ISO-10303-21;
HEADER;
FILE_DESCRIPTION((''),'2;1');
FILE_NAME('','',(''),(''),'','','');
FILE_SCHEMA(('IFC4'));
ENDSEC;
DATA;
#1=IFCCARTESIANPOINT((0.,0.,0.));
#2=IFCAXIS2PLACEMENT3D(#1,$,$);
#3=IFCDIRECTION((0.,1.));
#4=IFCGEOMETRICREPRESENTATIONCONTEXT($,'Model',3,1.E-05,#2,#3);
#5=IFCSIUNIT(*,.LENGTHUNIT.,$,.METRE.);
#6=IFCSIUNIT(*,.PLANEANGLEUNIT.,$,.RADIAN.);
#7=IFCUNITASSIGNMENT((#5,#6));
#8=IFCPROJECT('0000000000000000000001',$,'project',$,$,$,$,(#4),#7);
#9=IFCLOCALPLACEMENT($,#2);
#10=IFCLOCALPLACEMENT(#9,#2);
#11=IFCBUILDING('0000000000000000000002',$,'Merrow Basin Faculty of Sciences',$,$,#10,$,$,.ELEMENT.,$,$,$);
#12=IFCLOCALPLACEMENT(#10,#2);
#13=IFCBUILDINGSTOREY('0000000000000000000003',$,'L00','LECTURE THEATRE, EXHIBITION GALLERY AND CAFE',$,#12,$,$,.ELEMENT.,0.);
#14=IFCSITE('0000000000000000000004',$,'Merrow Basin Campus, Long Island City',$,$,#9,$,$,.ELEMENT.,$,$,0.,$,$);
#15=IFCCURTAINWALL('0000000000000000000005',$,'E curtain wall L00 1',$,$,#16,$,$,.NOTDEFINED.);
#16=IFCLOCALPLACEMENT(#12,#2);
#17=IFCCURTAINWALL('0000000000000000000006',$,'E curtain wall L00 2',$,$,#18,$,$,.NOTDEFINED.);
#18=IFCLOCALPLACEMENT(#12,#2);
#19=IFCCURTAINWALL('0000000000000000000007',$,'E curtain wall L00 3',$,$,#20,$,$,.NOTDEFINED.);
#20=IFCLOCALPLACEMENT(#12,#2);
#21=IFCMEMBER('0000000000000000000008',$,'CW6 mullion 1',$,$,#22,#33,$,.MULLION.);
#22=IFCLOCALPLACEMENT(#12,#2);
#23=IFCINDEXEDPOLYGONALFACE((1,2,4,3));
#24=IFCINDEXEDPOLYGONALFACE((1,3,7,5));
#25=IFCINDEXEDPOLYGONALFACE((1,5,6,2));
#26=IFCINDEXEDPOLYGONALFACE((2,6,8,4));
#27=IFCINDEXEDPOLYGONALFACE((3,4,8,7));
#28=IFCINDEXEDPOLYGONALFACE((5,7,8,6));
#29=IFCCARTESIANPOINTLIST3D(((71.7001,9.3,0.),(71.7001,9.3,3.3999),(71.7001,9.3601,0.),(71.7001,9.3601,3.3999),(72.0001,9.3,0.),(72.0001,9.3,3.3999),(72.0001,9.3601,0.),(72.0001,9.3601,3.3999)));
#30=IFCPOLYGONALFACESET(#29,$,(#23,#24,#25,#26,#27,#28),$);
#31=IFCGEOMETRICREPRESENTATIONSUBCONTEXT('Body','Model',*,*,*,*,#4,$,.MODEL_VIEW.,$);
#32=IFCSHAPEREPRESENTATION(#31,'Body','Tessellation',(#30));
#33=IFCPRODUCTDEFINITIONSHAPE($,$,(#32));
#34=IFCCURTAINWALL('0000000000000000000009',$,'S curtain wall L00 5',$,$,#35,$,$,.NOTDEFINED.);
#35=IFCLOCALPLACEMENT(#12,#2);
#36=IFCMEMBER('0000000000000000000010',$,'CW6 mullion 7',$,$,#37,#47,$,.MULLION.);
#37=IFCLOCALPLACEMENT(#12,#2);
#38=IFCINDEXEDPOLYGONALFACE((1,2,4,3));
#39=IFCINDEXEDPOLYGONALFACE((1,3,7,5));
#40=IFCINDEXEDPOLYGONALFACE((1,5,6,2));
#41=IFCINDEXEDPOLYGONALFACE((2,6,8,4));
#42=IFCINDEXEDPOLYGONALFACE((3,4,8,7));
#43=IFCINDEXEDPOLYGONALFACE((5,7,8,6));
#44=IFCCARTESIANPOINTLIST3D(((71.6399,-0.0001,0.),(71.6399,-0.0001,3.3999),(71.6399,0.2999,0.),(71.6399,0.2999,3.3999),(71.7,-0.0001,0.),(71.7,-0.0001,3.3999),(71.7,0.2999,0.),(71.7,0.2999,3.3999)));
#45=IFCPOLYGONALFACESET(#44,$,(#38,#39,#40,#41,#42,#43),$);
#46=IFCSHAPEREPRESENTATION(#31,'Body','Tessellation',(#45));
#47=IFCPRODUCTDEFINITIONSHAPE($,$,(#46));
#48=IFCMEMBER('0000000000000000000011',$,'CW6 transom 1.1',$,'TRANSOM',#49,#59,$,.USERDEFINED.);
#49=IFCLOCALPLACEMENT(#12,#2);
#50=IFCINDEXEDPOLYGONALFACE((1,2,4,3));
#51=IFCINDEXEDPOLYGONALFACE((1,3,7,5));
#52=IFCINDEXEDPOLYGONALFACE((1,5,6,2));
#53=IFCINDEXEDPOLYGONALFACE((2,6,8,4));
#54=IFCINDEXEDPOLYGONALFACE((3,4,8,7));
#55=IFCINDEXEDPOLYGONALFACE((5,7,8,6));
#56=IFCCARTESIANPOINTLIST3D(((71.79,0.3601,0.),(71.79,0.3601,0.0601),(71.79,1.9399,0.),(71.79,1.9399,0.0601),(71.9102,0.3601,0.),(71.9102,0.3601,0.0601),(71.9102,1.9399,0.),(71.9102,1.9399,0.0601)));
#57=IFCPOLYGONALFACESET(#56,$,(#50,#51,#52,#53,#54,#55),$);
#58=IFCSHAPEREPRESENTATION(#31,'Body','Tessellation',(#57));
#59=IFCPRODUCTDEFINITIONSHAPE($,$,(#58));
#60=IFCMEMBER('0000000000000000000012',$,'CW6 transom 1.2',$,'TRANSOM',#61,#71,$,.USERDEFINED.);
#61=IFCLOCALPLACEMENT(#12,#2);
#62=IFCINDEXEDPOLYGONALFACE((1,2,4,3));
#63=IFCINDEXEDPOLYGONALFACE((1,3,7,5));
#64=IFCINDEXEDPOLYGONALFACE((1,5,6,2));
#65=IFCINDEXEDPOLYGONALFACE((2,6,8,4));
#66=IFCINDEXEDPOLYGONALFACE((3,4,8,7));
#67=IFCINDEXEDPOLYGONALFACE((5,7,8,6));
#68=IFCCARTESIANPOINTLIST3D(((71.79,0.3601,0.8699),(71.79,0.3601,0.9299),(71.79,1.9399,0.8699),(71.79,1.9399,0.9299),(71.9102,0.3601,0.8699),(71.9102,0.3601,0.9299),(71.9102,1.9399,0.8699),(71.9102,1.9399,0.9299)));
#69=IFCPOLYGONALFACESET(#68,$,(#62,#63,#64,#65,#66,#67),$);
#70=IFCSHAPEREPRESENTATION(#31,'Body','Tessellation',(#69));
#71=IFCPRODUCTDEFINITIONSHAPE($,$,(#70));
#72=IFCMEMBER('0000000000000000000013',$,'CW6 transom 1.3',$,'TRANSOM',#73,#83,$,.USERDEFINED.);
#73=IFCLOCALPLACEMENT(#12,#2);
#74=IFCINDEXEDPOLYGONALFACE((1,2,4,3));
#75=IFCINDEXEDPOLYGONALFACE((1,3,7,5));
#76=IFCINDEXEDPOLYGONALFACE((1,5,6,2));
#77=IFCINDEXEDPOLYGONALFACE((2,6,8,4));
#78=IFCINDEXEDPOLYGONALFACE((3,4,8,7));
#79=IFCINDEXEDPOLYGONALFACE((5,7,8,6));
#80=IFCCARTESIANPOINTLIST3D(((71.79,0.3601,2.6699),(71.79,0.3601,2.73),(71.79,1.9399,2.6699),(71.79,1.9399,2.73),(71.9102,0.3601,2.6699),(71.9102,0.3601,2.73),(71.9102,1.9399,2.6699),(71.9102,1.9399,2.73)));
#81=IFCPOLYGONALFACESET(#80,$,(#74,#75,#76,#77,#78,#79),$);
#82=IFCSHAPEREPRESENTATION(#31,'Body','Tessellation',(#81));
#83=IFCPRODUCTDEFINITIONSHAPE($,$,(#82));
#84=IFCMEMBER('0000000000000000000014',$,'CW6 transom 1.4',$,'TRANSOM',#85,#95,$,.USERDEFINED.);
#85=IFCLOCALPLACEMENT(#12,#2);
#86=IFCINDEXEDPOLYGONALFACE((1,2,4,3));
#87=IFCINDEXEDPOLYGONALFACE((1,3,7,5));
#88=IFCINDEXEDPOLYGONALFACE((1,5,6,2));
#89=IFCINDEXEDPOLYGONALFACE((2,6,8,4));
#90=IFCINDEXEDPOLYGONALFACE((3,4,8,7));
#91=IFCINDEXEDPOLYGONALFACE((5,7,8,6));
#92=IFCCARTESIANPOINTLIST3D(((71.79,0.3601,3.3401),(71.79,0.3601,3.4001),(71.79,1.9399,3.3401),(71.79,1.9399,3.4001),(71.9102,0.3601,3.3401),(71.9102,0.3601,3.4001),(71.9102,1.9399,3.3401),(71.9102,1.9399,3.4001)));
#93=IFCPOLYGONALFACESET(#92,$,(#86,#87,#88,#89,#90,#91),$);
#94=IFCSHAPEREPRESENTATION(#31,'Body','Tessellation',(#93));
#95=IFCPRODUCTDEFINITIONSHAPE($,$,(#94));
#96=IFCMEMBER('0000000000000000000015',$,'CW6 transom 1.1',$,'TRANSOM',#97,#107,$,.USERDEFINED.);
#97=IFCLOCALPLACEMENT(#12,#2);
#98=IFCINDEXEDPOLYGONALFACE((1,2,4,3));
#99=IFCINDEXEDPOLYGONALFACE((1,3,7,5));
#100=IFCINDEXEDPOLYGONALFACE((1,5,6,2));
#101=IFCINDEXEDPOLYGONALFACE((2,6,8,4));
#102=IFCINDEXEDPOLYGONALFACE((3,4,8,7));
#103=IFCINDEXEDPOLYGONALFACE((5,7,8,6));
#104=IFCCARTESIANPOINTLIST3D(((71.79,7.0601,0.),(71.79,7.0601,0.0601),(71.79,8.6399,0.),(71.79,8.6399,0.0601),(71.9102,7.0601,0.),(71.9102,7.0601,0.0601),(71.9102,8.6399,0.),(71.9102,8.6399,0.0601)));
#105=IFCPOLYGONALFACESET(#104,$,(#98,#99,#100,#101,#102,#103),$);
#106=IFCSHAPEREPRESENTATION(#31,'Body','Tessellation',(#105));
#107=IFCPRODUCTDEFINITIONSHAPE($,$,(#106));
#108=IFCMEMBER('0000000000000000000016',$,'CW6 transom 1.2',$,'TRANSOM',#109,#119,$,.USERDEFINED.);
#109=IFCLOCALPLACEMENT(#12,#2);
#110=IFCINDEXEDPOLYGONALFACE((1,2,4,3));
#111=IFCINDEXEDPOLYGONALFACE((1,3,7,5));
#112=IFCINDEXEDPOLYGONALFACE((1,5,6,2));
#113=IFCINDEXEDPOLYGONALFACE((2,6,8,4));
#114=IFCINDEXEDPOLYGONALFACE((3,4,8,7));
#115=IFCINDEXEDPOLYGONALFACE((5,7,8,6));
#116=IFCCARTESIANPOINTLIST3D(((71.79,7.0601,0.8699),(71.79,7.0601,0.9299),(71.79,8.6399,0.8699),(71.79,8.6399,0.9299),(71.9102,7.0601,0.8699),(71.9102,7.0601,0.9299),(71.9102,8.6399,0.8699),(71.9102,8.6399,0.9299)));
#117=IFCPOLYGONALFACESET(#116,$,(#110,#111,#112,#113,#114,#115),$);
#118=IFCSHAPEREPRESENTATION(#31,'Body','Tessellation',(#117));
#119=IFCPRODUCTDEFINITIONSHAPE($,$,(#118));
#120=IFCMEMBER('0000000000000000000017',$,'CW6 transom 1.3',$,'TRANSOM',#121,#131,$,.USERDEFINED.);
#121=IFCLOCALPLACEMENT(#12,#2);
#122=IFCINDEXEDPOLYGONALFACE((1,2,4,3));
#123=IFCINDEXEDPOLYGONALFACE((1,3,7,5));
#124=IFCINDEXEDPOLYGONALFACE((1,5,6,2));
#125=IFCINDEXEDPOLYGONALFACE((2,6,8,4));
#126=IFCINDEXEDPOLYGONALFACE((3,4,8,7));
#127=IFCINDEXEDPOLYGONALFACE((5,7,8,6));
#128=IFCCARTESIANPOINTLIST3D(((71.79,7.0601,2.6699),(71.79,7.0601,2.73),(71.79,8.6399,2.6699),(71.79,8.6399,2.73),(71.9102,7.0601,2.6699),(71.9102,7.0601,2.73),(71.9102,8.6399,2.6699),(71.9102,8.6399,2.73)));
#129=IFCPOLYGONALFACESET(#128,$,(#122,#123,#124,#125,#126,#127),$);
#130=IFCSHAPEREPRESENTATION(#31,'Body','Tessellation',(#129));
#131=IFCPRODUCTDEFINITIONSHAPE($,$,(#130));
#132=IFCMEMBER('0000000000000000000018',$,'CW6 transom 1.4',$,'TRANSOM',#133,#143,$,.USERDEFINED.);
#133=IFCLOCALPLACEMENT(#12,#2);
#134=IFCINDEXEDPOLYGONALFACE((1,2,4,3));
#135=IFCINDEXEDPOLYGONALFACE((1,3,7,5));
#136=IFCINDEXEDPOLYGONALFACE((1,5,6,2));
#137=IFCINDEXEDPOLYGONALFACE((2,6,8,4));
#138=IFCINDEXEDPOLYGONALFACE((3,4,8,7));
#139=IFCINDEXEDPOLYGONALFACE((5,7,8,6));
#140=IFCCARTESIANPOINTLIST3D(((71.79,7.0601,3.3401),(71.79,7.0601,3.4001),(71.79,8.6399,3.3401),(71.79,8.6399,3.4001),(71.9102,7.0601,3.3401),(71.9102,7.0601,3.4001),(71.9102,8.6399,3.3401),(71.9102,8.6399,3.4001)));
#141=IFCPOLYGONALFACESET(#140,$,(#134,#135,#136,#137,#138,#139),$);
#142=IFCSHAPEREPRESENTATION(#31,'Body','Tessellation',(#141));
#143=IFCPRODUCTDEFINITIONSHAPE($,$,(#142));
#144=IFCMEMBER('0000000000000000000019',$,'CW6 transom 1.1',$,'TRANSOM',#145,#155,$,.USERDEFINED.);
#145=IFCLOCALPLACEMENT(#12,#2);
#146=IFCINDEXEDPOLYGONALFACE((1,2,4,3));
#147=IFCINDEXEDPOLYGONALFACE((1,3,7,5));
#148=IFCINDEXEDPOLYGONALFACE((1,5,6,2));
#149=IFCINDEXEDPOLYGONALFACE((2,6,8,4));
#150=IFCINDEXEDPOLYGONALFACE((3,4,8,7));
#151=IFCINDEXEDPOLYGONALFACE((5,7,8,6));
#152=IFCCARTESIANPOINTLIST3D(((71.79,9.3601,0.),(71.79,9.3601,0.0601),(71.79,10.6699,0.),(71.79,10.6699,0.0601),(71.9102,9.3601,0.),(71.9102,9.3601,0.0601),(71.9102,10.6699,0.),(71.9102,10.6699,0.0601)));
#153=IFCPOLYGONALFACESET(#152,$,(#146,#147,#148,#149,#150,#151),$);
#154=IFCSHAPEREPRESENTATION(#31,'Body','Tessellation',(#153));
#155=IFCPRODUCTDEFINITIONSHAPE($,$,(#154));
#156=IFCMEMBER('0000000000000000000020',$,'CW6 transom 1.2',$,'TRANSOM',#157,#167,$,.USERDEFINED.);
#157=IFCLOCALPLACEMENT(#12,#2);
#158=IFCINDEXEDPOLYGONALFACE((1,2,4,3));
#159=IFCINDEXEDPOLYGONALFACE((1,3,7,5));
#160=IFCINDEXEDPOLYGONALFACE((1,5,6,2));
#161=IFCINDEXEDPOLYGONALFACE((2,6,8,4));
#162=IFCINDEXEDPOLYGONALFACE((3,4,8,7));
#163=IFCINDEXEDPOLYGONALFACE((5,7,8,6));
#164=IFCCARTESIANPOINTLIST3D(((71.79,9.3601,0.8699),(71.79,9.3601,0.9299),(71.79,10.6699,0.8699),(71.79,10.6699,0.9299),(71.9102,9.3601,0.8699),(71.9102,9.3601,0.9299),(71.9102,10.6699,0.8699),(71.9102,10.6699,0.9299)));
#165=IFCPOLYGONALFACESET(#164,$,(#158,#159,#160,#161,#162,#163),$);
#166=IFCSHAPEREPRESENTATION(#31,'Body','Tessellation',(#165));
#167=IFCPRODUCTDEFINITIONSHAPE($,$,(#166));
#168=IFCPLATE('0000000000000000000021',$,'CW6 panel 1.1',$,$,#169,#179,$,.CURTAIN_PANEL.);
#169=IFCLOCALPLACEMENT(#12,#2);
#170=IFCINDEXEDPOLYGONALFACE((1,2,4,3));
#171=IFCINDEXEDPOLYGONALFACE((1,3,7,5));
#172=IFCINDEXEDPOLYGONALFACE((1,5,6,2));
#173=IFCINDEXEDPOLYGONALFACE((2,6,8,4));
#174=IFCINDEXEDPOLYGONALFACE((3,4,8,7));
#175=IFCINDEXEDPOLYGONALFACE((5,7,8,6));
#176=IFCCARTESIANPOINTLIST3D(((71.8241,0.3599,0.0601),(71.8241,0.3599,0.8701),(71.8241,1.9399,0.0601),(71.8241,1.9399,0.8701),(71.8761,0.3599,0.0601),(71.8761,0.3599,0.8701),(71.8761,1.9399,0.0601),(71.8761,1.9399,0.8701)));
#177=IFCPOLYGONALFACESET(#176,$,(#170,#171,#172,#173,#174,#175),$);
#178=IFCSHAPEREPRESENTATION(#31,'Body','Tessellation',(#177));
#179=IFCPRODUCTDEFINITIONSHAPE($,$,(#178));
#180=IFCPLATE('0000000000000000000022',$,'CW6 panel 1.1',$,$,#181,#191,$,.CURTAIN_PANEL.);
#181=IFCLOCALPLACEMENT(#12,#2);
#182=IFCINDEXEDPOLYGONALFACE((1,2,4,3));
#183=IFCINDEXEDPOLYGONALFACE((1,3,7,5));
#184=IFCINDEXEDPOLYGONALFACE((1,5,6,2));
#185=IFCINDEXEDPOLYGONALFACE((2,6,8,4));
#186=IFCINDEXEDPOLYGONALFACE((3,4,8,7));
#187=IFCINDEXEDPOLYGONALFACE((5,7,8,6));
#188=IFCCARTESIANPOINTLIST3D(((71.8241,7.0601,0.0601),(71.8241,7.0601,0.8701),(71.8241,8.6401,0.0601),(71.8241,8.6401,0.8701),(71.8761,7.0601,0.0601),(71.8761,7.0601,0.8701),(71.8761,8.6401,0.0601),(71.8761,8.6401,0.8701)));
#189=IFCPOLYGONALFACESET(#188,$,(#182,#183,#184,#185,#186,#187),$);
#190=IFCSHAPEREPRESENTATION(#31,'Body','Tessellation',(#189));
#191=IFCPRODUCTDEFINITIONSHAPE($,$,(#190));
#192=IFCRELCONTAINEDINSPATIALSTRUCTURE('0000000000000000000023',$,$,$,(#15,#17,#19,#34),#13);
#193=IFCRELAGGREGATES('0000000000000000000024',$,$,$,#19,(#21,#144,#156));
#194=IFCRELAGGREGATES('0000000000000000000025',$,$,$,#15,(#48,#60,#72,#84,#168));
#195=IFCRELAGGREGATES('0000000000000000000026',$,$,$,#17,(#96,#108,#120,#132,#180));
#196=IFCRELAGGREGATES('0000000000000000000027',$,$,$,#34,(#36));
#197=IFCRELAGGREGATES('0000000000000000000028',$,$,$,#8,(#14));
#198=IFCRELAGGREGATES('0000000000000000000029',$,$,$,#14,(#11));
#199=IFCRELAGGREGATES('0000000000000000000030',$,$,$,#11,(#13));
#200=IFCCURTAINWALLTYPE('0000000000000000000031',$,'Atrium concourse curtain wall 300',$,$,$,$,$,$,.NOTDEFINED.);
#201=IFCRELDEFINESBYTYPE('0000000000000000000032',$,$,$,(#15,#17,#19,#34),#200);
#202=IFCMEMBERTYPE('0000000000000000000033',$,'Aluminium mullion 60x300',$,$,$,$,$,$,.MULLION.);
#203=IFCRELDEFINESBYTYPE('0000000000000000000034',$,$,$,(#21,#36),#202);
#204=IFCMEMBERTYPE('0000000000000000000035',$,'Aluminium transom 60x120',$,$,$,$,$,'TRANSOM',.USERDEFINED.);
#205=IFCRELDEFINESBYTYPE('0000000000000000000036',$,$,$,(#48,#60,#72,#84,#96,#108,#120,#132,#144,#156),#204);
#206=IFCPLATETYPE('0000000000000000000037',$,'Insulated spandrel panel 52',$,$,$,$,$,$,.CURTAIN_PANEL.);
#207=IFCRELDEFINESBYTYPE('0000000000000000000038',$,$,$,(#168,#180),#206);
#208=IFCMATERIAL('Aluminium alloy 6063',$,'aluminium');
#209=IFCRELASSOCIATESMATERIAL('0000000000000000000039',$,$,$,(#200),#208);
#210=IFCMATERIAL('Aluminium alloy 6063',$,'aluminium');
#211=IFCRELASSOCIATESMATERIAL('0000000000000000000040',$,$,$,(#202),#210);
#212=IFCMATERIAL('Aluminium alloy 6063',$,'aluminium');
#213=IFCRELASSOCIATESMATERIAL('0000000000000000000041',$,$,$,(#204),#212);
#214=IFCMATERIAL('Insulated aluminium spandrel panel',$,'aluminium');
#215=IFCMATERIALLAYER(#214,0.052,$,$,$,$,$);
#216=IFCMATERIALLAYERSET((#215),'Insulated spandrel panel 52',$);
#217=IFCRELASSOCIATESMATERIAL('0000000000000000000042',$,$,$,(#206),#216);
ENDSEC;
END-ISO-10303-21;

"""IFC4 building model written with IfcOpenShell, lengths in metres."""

from ifc_helpers import new_model, si_unit, direction, frame, origin, origin_2d, place, context, subcontext, project, spatial, rectangle, extrude, material, layer, layer_set, material_profile, profile_set, type_object, element, aggregate, save


model = new_model("IFC4")

# Units and contexts
model_context = context("Model", 3, precision=1e-05, world=origin(), true_north=direction((0.0, 1.0)))
body_context = subcontext(model_context, "Body", "Model", "MODEL_VIEW")
ifc_project = project(units=[si_unit("LENGTHUNIT", "METRE"), si_unit("PLANEANGLEUNIT", "RADIAN")], contexts=[model_context])

# Site, building, storey
site_placement = place(None, origin())
site = spatial("IfcSite", under=ifc_project, at=site_placement, Name="Merrow Basin Campus, Long Island City", CompositionType="ELEMENT", RefElevation=0.0)
building_placement = place(site_placement, origin())
building = spatial("IfcBuilding", under=site, at=building_placement, Name="Merrow Basin Faculty of Sciences", CompositionType="ELEMENT")
storey_placement = place(building_placement, origin())
storey = spatial("IfcBuildingStorey", under=building, at=storey_placement, Name="L00", Description="LECTURE THEATRE, EXHIBITION GALLERY AND CAFE", CompositionType="ELEMENT", Elevation=0.0)

# Curtain walls
ifc_material_1 = material(Name="Aluminium alloy 6063", Category="aluminium")
curtain_wall_type = type_object("IfcCurtainWallType", Name="Atrium concourse curtain wall 300", PredefinedType="NOTDEFINED", material=ifc_material_1)
curtain_wall_1_placement = place(storey_placement, origin())
curtain_wall_1 = element("IfcCurtainWall", 1, at=curtain_wall_1_placement, inside=storey, type_object=curtain_wall_type, Name="E curtain wall L00 1", PredefinedType="NOTDEFINED")
ifc_material_2 = material(Name="Aluminium alloy 6063", Category="aluminium")
ifc_material_profile_1 = material_profile(ifc_material_2, rectangle(XDim=0.3, YDim=0.0601, at=origin_2d()))
ifc_profile_set_1 = profile_set([ifc_material_profile_1], Name="Aluminium alloy 6063")
member_type_1 = type_object("IfcMemberType", Name="Aluminium mullion 60x300", PredefinedType="MULLION", material=ifc_profile_set_1)
curtain_wall_2_placement = place(storey_placement, origin())
curtain_wall_2 = element("IfcCurtainWall", 2, at=curtain_wall_2_placement, inside=storey, type_object=curtain_wall_type, Name="E curtain wall L00 2", PredefinedType="NOTDEFINED")

# Curtain walls, members
curtain_wall_3_placement = place(storey_placement, origin())
curtain_wall_3 = element("IfcCurtainWall", 3, at=curtain_wall_3_placement, inside=storey, type_object=curtain_wall_type, Name="E curtain wall L00 3", PredefinedType="NOTDEFINED")
member_1_placement = place(storey_placement, frame((71.8501, 9.3301, 0.0), z_axis=(0.0, 0.0, 1.0), x_axis=(-1.0, 0.0, 0.0)))
member_1 = element("IfcMember", 4, at=member_1_placement, type_object=member_type_1, Name="CW6 mullion 1", PredefinedType="MULLION", context=body_context, shape_type="SweptSolid", body=[
    extrude(rectangle(XDim=0.3, YDim=0.0601, at=origin_2d()), origin(), (0.0, 0.0, 1.0), 3.3999),
])
curtain_wall_4_placement = place(storey_placement, origin())
curtain_wall_4 = element("IfcCurtainWall", 5, at=curtain_wall_4_placement, inside=storey, type_object=curtain_wall_type, Name="S curtain wall L00 5", PredefinedType="NOTDEFINED")
member_2_placement = place(storey_placement, frame((71.6699, 0.1499, 0.0), z_axis=(0.0, 0.0, 1.0), x_axis=(0.0, 1.0, 0.0)))
member_2 = element("IfcMember", 6, at=member_2_placement, type_object=member_type_1, Name="CW6 mullion 7", PredefinedType="MULLION", context=body_context, shape_type="SweptSolid", body=[
    extrude(rectangle(XDim=0.3, YDim=0.0601, at=origin_2d()), origin(), (0.0, 0.0, 1.0), 3.3999),
])

# Members
ifc_material_3 = material(Name="Aluminium alloy 6063", Category="aluminium")
ifc_material_profile_2 = material_profile(ifc_material_3, rectangle(XDim=0.1201, YDim=0.0601, at=origin_2d()))
ifc_profile_set_2 = profile_set([ifc_material_profile_2], Name="Aluminium alloy 6063")
member_type_2 = type_object("IfcMemberType", Name="Aluminium transom 60x120", ElementType="TRANSOM", PredefinedType="USERDEFINED", material=ifc_profile_set_2)
member_3_placement = place(storey_placement, frame((71.8501, 0.3601, 0.03), z_axis=(0.0, 1.0, 0.0), x_axis=(-1.0, 0.0, 0.0)))
member_3 = element("IfcMember", 7, at=member_3_placement, type_object=member_type_2, Name="CW6 transom 1.1", ObjectType="TRANSOM", PredefinedType="USERDEFINED", context=body_context, shape_type="SweptSolid", body=[
    extrude(rectangle(XDim=0.1201, YDim=0.0601, at=origin_2d()), origin(), (0.0, 0.0, 1.0), 1.5798),
])
member_4_placement = place(storey_placement, frame((71.8501, 0.3601, 0.8999), z_axis=(0.0, 1.0, 0.0), x_axis=(-1.0, 0.0, 0.0)))
member_4 = element("IfcMember", 8, at=member_4_placement, type_object=member_type_2, Name="CW6 transom 1.2", ObjectType="TRANSOM", PredefinedType="USERDEFINED", context=body_context, shape_type="SweptSolid", body=[
    extrude(rectangle(XDim=0.1201, YDim=0.0601, at=origin_2d()), origin(), (0.0, 0.0, 1.0), 1.5798),
])
member_5_placement = place(storey_placement, frame((71.8501, 0.3601, 2.7), z_axis=(0.0, 1.0, 0.0), x_axis=(-1.0, 0.0, 0.0)))
member_5 = element("IfcMember", 9, at=member_5_placement, type_object=member_type_2, Name="CW6 transom 1.3", ObjectType="TRANSOM", PredefinedType="USERDEFINED", context=body_context, shape_type="SweptSolid", body=[
    extrude(rectangle(XDim=0.1201, YDim=0.0601, at=origin_2d()), origin(), (0.0, 0.0, 1.0), 1.5798),
])
member_6_placement = place(storey_placement, frame((71.8501, 0.3601, 3.3701), z_axis=(0.0, 1.0, 0.0), x_axis=(-1.0, 0.0, 0.0)))
member_6 = element("IfcMember", 10, at=member_6_placement, type_object=member_type_2, Name="CW6 transom 1.4", ObjectType="TRANSOM", PredefinedType="USERDEFINED", context=body_context, shape_type="SweptSolid", body=[
    extrude(rectangle(XDim=0.1201, YDim=0.0601, at=origin_2d()), origin(), (0.0, 0.0, 1.0), 1.5798),
])
member_7_placement = place(storey_placement, frame((71.8501, 7.0601, 0.03), z_axis=(0.0, 1.0, 0.0), x_axis=(-1.0, 0.0, 0.0)))
member_7 = element("IfcMember", 11, at=member_7_placement, type_object=member_type_2, Name="CW6 transom 1.1", ObjectType="TRANSOM", PredefinedType="USERDEFINED", context=body_context, shape_type="SweptSolid", body=[
    extrude(rectangle(XDim=0.1201, YDim=0.0601, at=origin_2d()), origin(), (0.0, 0.0, 1.0), 1.5798),
])
member_8_placement = place(storey_placement, frame((71.8501, 7.0601, 0.8999), z_axis=(0.0, 1.0, 0.0), x_axis=(-1.0, 0.0, 0.0)))
member_8 = element("IfcMember", 12, at=member_8_placement, type_object=member_type_2, Name="CW6 transom 1.2", ObjectType="TRANSOM", PredefinedType="USERDEFINED", context=body_context, shape_type="SweptSolid", body=[
    extrude(rectangle(XDim=0.1201, YDim=0.0601, at=origin_2d()), origin(), (0.0, 0.0, 1.0), 1.5798),
])
member_9_placement = place(storey_placement, frame((71.8501, 7.0601, 2.7), z_axis=(0.0, 1.0, 0.0), x_axis=(-1.0, 0.0, 0.0)))
member_9 = element("IfcMember", 13, at=member_9_placement, type_object=member_type_2, Name="CW6 transom 1.3", ObjectType="TRANSOM", PredefinedType="USERDEFINED", context=body_context, shape_type="SweptSolid", body=[
    extrude(rectangle(XDim=0.1201, YDim=0.0601, at=origin_2d()), origin(), (0.0, 0.0, 1.0), 1.5798),
])
member_10_placement = place(storey_placement, frame((71.8501, 7.0601, 3.3701), z_axis=(0.0, 1.0, 0.0), x_axis=(-1.0, 0.0, 0.0)))
member_10 = element("IfcMember", 14, at=member_10_placement, type_object=member_type_2, Name="CW6 transom 1.4", ObjectType="TRANSOM", PredefinedType="USERDEFINED", context=body_context, shape_type="SweptSolid", body=[
    extrude(rectangle(XDim=0.1201, YDim=0.0601, at=origin_2d()), origin(), (0.0, 0.0, 1.0), 1.5798),
])
member_11_placement = place(storey_placement, frame((71.8501, 9.3601, 0.03), z_axis=(0.0, 1.0, 0.0), x_axis=(-1.0, 0.0, 0.0)))
member_11 = element("IfcMember", 15, at=member_11_placement, type_object=member_type_2, Name="CW6 transom 1.1", ObjectType="TRANSOM", PredefinedType="USERDEFINED", context=body_context, shape_type="SweptSolid", body=[
    extrude(rectangle(XDim=0.1201, YDim=0.0601, at=origin_2d()), origin(), (0.0, 0.0, 1.0), 1.3098),
])
member_12_placement = place(storey_placement, frame((71.8501, 9.3601, 0.8999), z_axis=(0.0, 1.0, 0.0), x_axis=(-1.0, 0.0, 0.0)))
member_12 = element("IfcMember", 16, at=member_12_placement, type_object=member_type_2, Name="CW6 transom 1.2", ObjectType="TRANSOM", PredefinedType="USERDEFINED", context=body_context, shape_type="SweptSolid", body=[
    extrude(rectangle(XDim=0.1201, YDim=0.0601, at=origin_2d()), origin(), (0.0, 0.0, 1.0), 1.3098),
])
aggregate(curtain_wall_3, [member_1, member_11, member_12])

# Plates
ifc_material_4 = material(Name="Insulated aluminium spandrel panel", Category="aluminium")
ifc_layer_1 = layer(ifc_material_4, 0.052)
ifc_layer_set_1 = layer_set([ifc_layer_1], Name="Insulated spandrel panel 52")
plate_type_1 = type_object("IfcPlateType", Name="Insulated spandrel panel 52", PredefinedType="CURTAIN_PANEL", material=ifc_layer_set_1)
plate_1_placement = place(storey_placement, frame((71.8501, 1.1499, 0.0601), z_axis=(0.0, 0.0, 1.0), x_axis=(0.0, 1.0, 0.0)))
plate_1 = element("IfcPlate", 17, at=plate_1_placement, type_object=plate_type_1, Name="CW6 panel 1.1", PredefinedType="CURTAIN_PANEL", context=body_context, shape_type="SweptSolid", body=[
    extrude(rectangle(XDim=1.5801, YDim=0.052, at=origin_2d()), origin(), (0.0, 0.0, 1.0), 0.8101),
])
plate_2_placement = place(storey_placement, frame((71.8501, 7.8501, 0.0601), z_axis=(0.0, 0.0, 1.0), x_axis=(0.0, 1.0, 0.0)))
plate_2 = element("IfcPlate", 18, at=plate_2_placement, type_object=plate_type_1, Name="CW6 panel 1.1", PredefinedType="CURTAIN_PANEL", context=body_context, shape_type="SweptSolid", body=[
    extrude(rectangle(XDim=1.5801, YDim=0.052, at=origin_2d()), origin(), (0.0, 0.0, 1.0), 0.8101),
])
aggregate(curtain_wall_1, [member_3, member_4, member_5, member_6, plate_1])
aggregate(curtain_wall_2, [member_7, member_8, member_9, member_10, plate_2])
aggregate(curtain_wall_4, [member_2])

save(model, "model.ifc")
